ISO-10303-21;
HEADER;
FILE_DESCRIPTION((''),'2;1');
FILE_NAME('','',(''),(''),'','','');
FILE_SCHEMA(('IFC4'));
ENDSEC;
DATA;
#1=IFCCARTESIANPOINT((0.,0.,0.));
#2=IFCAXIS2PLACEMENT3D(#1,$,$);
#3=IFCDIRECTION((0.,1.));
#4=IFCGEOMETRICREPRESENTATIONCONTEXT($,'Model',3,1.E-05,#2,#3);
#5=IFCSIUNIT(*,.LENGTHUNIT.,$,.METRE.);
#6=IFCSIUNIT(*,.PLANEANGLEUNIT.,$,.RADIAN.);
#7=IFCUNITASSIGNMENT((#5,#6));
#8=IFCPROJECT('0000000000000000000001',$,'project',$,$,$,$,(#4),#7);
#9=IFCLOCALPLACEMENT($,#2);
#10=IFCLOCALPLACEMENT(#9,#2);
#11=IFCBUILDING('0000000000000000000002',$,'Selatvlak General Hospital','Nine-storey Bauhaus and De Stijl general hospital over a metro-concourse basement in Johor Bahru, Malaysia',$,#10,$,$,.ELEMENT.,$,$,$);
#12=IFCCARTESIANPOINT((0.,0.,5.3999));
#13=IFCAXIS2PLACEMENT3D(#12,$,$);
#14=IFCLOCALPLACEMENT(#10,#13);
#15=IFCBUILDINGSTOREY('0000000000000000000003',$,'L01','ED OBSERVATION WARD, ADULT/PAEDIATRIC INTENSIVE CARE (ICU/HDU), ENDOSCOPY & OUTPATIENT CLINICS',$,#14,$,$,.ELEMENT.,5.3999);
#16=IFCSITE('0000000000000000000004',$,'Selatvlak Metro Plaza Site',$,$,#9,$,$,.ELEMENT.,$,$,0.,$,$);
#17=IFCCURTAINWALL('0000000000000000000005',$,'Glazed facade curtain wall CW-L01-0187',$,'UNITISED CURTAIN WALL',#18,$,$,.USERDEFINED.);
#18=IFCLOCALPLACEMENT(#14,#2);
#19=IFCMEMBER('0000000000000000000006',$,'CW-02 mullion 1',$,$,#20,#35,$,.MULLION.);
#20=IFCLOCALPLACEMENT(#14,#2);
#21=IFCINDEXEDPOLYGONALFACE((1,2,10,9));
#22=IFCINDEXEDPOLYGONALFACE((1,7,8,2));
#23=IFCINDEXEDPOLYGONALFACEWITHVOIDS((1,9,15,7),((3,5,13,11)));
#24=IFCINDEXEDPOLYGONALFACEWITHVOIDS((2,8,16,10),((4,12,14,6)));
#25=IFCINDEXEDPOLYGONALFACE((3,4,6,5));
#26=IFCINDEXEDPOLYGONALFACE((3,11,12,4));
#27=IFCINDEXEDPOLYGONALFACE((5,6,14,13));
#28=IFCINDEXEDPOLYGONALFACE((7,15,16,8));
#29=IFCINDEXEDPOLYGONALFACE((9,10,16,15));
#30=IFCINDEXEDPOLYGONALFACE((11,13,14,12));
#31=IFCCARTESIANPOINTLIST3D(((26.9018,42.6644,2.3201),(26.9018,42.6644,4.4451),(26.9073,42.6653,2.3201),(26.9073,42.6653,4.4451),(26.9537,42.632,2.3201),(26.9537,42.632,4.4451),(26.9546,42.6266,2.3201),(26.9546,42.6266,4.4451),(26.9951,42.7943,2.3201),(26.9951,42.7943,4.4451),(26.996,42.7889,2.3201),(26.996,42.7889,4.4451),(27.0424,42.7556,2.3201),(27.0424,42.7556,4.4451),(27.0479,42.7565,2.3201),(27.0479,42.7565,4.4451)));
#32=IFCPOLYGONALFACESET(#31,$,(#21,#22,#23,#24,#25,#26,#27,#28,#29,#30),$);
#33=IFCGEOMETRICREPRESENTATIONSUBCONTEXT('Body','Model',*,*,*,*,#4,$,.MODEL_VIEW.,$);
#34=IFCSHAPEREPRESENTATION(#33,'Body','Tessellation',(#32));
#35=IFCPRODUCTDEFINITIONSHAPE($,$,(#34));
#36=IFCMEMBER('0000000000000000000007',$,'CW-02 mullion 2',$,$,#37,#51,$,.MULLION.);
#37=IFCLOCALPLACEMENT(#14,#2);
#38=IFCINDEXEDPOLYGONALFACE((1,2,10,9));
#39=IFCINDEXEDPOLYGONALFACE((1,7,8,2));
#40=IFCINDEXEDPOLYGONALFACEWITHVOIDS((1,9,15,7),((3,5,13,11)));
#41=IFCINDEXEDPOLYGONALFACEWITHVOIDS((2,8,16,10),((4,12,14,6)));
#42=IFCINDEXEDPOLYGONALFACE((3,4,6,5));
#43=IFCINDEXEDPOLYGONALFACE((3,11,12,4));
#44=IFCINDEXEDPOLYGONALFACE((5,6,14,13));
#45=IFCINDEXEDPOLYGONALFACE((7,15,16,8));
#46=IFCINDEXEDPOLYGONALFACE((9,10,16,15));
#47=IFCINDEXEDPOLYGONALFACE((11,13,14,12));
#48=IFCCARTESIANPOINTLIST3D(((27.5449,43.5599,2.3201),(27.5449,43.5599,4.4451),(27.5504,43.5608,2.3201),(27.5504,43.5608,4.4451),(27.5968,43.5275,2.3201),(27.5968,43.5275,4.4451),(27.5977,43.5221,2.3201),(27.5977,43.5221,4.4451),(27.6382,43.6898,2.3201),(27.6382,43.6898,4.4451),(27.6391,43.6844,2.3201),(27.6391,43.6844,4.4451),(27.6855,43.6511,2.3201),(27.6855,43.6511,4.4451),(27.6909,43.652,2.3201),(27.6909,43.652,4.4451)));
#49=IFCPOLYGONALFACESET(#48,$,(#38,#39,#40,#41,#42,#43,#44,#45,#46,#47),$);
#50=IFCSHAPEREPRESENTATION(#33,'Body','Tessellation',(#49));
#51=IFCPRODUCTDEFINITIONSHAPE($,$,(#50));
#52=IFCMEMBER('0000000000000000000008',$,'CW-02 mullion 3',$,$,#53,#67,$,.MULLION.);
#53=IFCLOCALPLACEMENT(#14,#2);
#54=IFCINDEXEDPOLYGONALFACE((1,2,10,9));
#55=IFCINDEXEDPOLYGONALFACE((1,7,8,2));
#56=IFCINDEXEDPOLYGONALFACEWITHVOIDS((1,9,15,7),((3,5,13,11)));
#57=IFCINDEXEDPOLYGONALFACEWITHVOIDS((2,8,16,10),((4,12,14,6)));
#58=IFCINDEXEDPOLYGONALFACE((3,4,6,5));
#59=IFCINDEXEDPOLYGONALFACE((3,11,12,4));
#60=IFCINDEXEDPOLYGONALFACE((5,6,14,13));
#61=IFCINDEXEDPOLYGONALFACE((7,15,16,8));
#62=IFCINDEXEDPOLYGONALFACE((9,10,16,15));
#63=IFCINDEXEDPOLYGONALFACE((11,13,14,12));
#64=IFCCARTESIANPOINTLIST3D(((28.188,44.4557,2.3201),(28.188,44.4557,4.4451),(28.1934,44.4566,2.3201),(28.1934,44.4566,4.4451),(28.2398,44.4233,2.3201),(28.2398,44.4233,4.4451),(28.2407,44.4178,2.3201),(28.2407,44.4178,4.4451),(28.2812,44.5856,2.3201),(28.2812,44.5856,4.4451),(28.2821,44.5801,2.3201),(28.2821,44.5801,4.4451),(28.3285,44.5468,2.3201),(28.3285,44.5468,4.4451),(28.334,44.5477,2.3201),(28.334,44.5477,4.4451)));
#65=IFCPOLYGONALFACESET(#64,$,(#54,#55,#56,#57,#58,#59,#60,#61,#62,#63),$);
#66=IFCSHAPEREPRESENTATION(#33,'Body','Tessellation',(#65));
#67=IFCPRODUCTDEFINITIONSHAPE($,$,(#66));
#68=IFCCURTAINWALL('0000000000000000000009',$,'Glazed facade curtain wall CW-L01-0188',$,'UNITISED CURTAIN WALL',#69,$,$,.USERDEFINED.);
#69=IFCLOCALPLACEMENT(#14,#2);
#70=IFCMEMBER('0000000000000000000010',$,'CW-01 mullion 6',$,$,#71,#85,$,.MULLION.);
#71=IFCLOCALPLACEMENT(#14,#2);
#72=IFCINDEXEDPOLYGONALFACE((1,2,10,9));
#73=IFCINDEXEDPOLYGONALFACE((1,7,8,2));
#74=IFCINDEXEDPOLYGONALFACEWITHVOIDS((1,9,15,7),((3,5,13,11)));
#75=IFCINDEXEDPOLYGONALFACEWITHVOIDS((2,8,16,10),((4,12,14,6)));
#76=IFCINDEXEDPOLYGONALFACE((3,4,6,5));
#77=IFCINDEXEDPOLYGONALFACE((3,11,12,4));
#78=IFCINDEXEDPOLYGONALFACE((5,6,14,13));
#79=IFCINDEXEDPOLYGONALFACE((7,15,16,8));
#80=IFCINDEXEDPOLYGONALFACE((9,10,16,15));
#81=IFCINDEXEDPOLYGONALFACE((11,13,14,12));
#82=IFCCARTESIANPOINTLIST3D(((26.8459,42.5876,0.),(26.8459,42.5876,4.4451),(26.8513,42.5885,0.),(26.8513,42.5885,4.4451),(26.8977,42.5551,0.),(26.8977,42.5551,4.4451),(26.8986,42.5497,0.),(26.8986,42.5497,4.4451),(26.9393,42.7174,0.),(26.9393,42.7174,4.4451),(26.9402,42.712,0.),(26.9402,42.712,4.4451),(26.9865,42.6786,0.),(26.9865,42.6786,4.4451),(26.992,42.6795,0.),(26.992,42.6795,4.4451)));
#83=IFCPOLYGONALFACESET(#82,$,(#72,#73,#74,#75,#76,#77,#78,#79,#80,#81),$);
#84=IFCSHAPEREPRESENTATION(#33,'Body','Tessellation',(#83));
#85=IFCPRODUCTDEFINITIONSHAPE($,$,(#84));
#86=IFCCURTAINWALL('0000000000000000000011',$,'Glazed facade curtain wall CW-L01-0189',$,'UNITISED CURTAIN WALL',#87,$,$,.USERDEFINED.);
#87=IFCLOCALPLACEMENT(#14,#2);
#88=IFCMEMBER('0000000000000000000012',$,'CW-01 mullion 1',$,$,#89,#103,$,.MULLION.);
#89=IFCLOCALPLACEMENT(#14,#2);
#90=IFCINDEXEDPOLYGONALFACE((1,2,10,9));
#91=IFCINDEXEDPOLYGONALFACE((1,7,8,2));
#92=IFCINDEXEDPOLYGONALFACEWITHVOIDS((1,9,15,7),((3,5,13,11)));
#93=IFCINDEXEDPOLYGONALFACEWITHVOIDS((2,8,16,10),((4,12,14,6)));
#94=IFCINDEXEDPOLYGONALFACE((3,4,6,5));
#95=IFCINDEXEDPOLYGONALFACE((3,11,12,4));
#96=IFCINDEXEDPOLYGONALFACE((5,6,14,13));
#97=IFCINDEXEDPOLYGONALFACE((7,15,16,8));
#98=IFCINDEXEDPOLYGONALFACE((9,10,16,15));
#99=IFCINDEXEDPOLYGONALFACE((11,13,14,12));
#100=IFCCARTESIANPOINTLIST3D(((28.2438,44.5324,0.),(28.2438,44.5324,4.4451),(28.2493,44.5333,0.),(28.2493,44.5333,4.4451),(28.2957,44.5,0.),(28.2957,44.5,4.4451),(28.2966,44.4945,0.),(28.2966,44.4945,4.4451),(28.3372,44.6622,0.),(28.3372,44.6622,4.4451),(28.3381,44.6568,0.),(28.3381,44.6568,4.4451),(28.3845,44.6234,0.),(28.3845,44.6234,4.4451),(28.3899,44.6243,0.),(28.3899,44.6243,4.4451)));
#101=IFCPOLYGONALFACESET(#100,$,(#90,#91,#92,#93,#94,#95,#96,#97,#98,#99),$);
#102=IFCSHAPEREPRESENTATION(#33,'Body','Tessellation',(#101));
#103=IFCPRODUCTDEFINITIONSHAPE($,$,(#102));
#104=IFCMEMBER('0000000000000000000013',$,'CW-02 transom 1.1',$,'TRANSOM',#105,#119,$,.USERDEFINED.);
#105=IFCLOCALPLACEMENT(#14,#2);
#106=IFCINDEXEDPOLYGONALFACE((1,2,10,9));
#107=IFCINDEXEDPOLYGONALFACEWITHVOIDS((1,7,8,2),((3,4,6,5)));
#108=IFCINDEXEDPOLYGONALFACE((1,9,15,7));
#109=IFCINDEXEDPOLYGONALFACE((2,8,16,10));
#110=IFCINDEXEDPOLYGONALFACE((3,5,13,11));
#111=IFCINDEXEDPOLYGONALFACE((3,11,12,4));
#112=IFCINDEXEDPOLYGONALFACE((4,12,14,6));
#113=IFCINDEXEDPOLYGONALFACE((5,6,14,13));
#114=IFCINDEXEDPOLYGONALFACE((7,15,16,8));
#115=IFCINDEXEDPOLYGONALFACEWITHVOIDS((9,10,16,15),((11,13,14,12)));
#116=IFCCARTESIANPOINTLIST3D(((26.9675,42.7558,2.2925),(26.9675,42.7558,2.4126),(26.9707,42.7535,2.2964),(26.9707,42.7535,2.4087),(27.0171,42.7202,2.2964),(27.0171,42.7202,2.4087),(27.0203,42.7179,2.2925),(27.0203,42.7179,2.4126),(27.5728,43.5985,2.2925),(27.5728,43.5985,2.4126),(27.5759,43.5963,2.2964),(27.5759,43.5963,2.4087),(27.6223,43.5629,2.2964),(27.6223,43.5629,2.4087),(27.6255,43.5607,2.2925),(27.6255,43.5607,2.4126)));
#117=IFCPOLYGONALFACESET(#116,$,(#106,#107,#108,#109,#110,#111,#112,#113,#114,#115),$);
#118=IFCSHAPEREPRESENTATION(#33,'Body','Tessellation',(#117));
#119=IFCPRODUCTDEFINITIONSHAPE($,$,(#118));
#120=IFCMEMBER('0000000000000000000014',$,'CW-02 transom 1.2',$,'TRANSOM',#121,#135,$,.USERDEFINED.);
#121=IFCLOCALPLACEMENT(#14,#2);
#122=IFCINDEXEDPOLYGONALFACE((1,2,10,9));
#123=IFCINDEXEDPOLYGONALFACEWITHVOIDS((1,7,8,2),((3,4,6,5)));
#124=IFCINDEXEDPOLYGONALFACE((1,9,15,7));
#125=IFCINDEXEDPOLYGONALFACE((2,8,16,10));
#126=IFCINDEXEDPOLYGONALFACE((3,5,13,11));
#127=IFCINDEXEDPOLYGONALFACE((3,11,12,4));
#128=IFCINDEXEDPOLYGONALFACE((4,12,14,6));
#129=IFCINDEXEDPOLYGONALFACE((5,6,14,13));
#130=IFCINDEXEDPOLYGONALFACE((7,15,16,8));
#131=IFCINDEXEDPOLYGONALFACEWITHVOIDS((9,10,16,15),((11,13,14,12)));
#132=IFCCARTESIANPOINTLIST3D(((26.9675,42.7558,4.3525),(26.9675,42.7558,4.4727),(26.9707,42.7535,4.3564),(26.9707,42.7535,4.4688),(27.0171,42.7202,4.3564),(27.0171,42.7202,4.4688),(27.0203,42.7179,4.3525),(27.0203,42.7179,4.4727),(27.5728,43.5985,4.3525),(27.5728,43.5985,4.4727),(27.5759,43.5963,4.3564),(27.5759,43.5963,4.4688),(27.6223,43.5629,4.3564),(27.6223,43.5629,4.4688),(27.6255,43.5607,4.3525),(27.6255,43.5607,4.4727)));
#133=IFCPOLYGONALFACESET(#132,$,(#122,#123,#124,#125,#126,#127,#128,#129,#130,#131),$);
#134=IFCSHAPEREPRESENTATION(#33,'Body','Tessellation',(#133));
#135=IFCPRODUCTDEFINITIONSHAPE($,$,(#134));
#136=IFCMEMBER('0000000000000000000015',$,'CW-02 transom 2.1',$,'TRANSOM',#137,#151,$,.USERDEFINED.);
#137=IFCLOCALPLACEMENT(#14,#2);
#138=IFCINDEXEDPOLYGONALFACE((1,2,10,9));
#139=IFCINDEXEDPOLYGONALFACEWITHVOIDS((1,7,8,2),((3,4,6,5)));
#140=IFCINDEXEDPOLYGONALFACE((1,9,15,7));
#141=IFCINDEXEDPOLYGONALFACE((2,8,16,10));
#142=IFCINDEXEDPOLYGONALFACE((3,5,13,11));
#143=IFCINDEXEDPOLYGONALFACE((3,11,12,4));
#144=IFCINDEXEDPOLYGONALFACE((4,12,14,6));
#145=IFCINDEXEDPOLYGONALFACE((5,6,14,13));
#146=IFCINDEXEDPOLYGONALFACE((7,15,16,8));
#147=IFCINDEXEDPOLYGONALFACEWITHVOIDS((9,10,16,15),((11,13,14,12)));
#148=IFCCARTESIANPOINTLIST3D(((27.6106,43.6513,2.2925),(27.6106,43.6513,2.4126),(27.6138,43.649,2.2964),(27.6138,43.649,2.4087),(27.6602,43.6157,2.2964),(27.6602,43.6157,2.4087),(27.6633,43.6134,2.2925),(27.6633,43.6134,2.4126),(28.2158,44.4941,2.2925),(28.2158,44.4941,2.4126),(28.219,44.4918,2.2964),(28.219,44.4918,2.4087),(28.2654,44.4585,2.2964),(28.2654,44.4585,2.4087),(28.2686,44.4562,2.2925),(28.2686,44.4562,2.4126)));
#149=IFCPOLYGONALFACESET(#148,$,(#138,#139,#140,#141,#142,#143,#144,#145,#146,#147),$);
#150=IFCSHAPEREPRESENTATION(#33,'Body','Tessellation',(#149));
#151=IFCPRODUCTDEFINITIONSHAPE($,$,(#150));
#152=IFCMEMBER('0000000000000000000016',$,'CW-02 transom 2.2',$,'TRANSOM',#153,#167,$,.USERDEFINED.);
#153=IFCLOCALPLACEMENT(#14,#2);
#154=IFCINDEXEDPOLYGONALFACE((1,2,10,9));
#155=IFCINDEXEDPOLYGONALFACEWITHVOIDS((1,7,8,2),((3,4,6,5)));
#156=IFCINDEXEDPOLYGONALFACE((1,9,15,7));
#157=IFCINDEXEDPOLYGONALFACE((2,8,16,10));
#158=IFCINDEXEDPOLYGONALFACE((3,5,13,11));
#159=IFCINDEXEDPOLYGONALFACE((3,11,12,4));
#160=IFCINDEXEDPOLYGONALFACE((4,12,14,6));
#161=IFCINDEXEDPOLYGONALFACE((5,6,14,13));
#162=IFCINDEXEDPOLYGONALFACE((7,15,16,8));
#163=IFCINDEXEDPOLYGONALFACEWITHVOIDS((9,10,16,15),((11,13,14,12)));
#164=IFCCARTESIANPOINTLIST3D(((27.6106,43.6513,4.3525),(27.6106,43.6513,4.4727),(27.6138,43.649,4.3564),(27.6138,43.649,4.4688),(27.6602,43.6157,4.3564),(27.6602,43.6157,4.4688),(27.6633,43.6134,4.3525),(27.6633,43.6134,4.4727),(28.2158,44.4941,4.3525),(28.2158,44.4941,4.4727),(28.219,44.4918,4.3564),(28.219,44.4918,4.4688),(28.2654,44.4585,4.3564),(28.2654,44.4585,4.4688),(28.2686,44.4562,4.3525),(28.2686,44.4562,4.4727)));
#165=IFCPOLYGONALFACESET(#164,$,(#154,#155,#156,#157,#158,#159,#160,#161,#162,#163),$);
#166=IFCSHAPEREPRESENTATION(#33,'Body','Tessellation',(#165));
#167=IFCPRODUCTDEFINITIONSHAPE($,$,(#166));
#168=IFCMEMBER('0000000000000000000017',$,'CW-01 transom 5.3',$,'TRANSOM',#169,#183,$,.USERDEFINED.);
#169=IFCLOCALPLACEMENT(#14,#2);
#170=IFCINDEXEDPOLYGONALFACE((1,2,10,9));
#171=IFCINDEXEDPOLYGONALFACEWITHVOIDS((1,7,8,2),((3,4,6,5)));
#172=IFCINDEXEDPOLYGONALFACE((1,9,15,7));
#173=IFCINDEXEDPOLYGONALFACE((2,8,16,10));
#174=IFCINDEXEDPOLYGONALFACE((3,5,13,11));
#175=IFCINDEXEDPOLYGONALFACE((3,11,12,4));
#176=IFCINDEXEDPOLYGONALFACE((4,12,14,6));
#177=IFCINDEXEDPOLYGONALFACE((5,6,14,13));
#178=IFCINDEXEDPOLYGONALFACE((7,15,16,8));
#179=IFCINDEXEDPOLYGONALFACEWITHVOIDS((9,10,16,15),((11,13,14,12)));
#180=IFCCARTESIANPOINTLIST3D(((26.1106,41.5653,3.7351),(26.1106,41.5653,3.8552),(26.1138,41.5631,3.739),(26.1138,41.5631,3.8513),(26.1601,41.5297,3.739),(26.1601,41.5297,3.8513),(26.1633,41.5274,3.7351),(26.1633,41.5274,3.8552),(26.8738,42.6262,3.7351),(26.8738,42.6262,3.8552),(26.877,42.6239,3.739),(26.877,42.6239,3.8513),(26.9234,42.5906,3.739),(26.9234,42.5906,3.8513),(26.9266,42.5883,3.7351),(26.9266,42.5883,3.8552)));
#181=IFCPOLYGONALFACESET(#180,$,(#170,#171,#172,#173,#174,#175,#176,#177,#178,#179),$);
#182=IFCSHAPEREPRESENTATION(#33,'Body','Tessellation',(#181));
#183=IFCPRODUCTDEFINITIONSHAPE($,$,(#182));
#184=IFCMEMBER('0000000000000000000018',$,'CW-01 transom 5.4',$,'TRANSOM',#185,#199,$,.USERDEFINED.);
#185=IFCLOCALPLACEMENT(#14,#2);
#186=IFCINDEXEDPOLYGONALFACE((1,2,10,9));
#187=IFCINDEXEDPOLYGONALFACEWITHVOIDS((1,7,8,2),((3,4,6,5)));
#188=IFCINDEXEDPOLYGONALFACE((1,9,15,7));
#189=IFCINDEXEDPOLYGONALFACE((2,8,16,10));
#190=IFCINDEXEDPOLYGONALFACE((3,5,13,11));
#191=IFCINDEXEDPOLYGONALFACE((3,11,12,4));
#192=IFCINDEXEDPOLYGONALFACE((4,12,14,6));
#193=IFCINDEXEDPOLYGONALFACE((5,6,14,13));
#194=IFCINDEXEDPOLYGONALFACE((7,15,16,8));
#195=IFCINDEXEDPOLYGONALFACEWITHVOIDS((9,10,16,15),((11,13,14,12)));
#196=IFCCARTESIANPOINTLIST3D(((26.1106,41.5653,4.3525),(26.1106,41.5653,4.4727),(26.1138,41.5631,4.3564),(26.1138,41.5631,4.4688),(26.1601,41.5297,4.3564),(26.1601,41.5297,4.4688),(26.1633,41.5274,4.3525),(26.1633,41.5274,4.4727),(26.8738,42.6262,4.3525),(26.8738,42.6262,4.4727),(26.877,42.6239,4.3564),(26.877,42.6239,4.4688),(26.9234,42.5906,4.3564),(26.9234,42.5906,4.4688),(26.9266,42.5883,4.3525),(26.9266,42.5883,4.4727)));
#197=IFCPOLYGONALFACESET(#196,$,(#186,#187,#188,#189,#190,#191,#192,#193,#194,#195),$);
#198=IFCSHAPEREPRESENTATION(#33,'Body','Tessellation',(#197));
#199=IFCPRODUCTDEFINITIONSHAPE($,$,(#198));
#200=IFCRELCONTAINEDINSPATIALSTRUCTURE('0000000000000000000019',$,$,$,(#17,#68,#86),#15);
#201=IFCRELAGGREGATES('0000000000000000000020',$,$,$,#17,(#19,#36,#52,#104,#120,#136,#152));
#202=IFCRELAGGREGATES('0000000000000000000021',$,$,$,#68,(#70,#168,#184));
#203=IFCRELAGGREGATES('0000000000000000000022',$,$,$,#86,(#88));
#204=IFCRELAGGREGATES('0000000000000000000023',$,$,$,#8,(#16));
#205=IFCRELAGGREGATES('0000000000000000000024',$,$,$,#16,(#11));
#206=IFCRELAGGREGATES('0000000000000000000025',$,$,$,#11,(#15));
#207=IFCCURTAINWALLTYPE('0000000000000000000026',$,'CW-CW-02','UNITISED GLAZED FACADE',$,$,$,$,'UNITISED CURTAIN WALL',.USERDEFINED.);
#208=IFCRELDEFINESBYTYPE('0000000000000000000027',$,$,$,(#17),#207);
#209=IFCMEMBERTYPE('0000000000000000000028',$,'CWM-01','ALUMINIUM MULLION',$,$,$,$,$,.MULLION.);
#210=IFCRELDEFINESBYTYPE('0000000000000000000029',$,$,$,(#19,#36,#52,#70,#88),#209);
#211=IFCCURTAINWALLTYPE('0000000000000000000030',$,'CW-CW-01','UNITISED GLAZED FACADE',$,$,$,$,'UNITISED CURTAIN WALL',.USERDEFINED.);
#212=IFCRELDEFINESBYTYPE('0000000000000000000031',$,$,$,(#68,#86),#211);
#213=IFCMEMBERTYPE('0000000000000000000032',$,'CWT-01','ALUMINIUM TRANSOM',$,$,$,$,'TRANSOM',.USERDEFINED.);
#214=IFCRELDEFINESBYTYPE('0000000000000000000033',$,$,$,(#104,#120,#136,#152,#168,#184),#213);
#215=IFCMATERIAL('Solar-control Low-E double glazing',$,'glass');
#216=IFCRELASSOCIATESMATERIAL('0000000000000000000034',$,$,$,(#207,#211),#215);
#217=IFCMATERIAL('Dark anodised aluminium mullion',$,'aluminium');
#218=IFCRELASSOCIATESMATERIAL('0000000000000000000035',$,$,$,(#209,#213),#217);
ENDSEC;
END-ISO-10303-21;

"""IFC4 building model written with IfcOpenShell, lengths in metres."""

from ifc_helpers import new_model, si_unit, direction, frame, origin, origin_2d, place, context, subcontext, project, spatial, hollow_rectangle, extrude, material, material_profile, profile_set, type_object, element, aggregate, save


model = new_model("IFC4")

# Units and contexts
model_context = context("Model", 3, precision=1e-05, world=origin(), true_north=direction((0.0, 1.0)))
body_context = subcontext(model_context, "Body", "Model", "MODEL_VIEW")
ifc_project = project(units=[si_unit("LENGTHUNIT", "METRE"), si_unit("PLANEANGLEUNIT", "RADIAN")], contexts=[model_context])

# Site, building, storey
site_placement = place(None, origin())
site = spatial("IfcSite", under=ifc_project, at=site_placement, Name="Selatvlak Metro Plaza Site", CompositionType="ELEMENT", RefElevation=0.0)
building_placement = place(site_placement, origin())
building = spatial("IfcBuilding", under=site, at=building_placement, Name="Selatvlak General Hospital", Description="Nine-storey Bauhaus and De Stijl general hospital over a metro-concourse basement in Johor Bahru, Malaysia", CompositionType="ELEMENT")
storey_placement = place(building_placement, frame((0.0, 0.0, 5.3999)))
storey = spatial("IfcBuildingStorey", under=building, at=storey_placement, Name="L01", Description="ED OBSERVATION WARD, ADULT/PAEDIATRIC INTENSIVE CARE (ICU/HDU), ENDOSCOPY & OUTPATIENT CLINICS", CompositionType="ELEMENT", Elevation=5.3999)

# Curtain wall, members
ifc_material_1 = material(Name="Solar-control Low-E double glazing", Category="glass")
curtain_wall_type_1 = type_object("IfcCurtainWallType", Name="CW-CW-02", Description="UNITISED GLAZED FACADE", ElementType="UNITISED CURTAIN WALL", PredefinedType="USERDEFINED", material=ifc_material_1)
curtain_wall_1_placement = place(storey_placement, origin())
curtain_wall_1 = element("IfcCurtainWall", 1, at=curtain_wall_1_placement, inside=storey, type_object=curtain_wall_type_1, Name="Glazed facade curtain wall CW-L01-0187", ObjectType="UNITISED CURTAIN WALL", PredefinedType="USERDEFINED")
ifc_material_2 = material(Name="Dark anodised aluminium mullion", Category="aluminium")
ifc_material_profile_1 = material_profile(ifc_material_2, hollow_rectangle(XDim=0.0649, YDim=0.1599, WallThickness=0.0039, at=origin_2d()), Name="AL-MUL 65x160x4")
ifc_profile_set_1 = profile_set([ifc_material_profile_1], Name="Dark anodised aluminium mullion")
member_type_1 = type_object("IfcMemberType", Name="CWM-01", Description="ALUMINIUM MULLION", PredefinedType="MULLION", material=ifc_profile_set_1)
member_1_placement = place(storey_placement, frame((26.9749, 42.7104, 2.3201), z_axis=(0.0, 0.0, 1.0), x_axis=(-0.812302, 0.583237, 0.0)))
member_1 = element("IfcMember", 2, at=member_1_placement, type_object=member_type_1, Name="CW-02 mullion 1", PredefinedType="MULLION", context=body_context, shape_type="SweptSolid", body=[
    extrude(hollow_rectangle(XDim=0.0649, YDim=0.1599, WallThickness=0.0039, at=origin_2d()), origin(), (0.0, 0.0, 1.0), 2.125),
])
member_2_placement = place(storey_placement, frame((27.6179, 43.606, 2.3201), z_axis=(0.0, 0.0, 1.0), x_axis=(-0.812302, 0.583237, 0.0)))
member_2 = element("IfcMember", 3, at=member_2_placement, type_object=member_type_1, Name="CW-02 mullion 2", PredefinedType="MULLION", context=body_context, shape_type="SweptSolid", body=[
    extrude(hollow_rectangle(XDim=0.0649, YDim=0.1599, WallThickness=0.0039, at=origin_2d()), origin(), (0.0, 0.0, 1.0), 2.125),
])
member_3_placement = place(storey_placement, frame((28.261, 44.5017, 2.3201), z_axis=(0.0, 0.0, 1.0), x_axis=(-0.812302, 0.583237, 0.0)))
member_3 = element("IfcMember", 4, at=member_3_placement, type_object=member_type_1, Name="CW-02 mullion 3", PredefinedType="MULLION", context=body_context, shape_type="SweptSolid", body=[
    extrude(hollow_rectangle(XDim=0.0649, YDim=0.1599, WallThickness=0.0039, at=origin_2d()), origin(), (0.0, 0.0, 1.0), 2.125),
])

# Curtain walls, members
curtain_wall_type_2 = type_object("IfcCurtainWallType", Name="CW-CW-01", Description="UNITISED GLAZED FACADE", ElementType="UNITISED CURTAIN WALL", PredefinedType="USERDEFINED", material=ifc_material_1)
curtain_wall_2_placement = place(storey_placement, origin())
curtain_wall_2 = element("IfcCurtainWall", 5, at=curtain_wall_2_placement, inside=storey, type_object=curtain_wall_type_2, Name="Glazed facade curtain wall CW-L01-0188", ObjectType="UNITISED CURTAIN WALL", PredefinedType="USERDEFINED")
member_4_placement = place(storey_placement, frame((26.9189, 42.6335, 0.0), z_axis=(0.0, 0.0, 1.0), x_axis=(-0.811804, 0.583929, 0.0)))
member_4 = element("IfcMember", 6, at=member_4_placement, type_object=member_type_1, Name="CW-01 mullion 6", PredefinedType="MULLION", context=body_context, shape_type="SweptSolid", body=[
    extrude(hollow_rectangle(XDim=0.0649, YDim=0.1599, WallThickness=0.0039, at=origin_2d()), origin(), (0.0, 0.0, 1.0), 4.4451),
])
curtain_wall_3_placement = place(storey_placement, origin())
curtain_wall_3 = element("IfcCurtainWall", 7, at=curtain_wall_3_placement, inside=storey, type_object=curtain_wall_type_2, Name="Glazed facade curtain wall CW-L01-0189", ObjectType="UNITISED CURTAIN WALL", PredefinedType="USERDEFINED")
member_5_placement = place(storey_placement, frame((28.3169, 44.5784, 0.0), z_axis=(0.0, 0.0, 1.0), x_axis=(-0.811837, 0.583884, 0.0)))
member_5 = element("IfcMember", 8, at=member_5_placement, type_object=member_type_1, Name="CW-01 mullion 1", PredefinedType="MULLION", context=body_context, shape_type="SweptSolid", body=[
    extrude(hollow_rectangle(XDim=0.0649, YDim=0.1599, WallThickness=0.0039, at=origin_2d()), origin(), (0.0, 0.0, 1.0), 4.4451),
])

# Members
ifc_material_profile_2 = material_profile(ifc_material_2, hollow_rectangle(XDim=0.0649, YDim=0.1201, WallThickness=0.0039, at=origin_2d()), Name="AL-TRN 65x120x4")
ifc_profile_set_2 = profile_set([ifc_material_profile_2], Name="Dark anodised aluminium mullion")
member_type_2 = type_object("IfcMemberType", Name="CWT-01", Description="ALUMINIUM TRANSOM", ElementType="TRANSOM", PredefinedType="USERDEFINED", material=ifc_profile_set_2)
member_6_placement = place(storey_placement, frame((26.9939, 42.7368, 2.3525), z_axis=(0.583306, 0.812252, 0.0), x_axis=(-0.812252, 0.583306, 0.0)))
member_6 = element("IfcMember", 9, at=member_6_placement, type_object=member_type_2, Name="CW-02 transom 1.1", ObjectType="TRANSOM", PredefinedType="USERDEFINED", context=body_context, shape_type="SweptSolid", body=[
    extrude(hollow_rectangle(XDim=0.0649, YDim=0.1201, WallThickness=0.0039, at=origin_2d()), origin(), (0.0, 0.0, 1.0), 1.0376),
])
member_7_placement = place(storey_placement, frame((26.9939, 42.7368, 4.4126), z_axis=(0.583306, 0.812252, 0.0), x_axis=(-0.812252, 0.583306, 0.0)))
member_7 = element("IfcMember", 10, at=member_7_placement, type_object=member_type_2, Name="CW-02 transom 1.2", ObjectType="TRANSOM", PredefinedType="USERDEFINED", context=body_context, shape_type="SweptSolid", body=[
    extrude(hollow_rectangle(XDim=0.0649, YDim=0.1201, WallThickness=0.0039, at=origin_2d()), origin(), (0.0, 0.0, 1.0), 1.0376),
])
member_8_placement = place(storey_placement, frame((27.637, 43.6323, 2.3525), z_axis=(0.583306, 0.812252, 0.0), x_axis=(-0.812252, 0.583306, 0.0)))
member_8 = element("IfcMember", 11, at=member_8_placement, type_object=member_type_2, Name="CW-02 transom 2.1", ObjectType="TRANSOM", PredefinedType="USERDEFINED", context=body_context, shape_type="SweptSolid", body=[
    extrude(hollow_rectangle(XDim=0.0649, YDim=0.1201, WallThickness=0.0039, at=origin_2d()), origin(), (0.0, 0.0, 1.0), 1.0376),
])
member_9_placement = place(storey_placement, frame((27.637, 43.6323, 4.4126), z_axis=(0.583306, 0.812252, 0.0), x_axis=(-0.812252, 0.583306, 0.0)))
member_9 = element("IfcMember", 12, at=member_9_placement, type_object=member_type_2, Name="CW-02 transom 2.2", ObjectType="TRANSOM", PredefinedType="USERDEFINED", context=body_context, shape_type="SweptSolid", body=[
    extrude(hollow_rectangle(XDim=0.0649, YDim=0.1201, WallThickness=0.0039, at=origin_2d()), origin(), (0.0, 0.0, 1.0), 1.0376),
])
member_10_placement = place(storey_placement, frame((26.137, 41.5464, 3.7952), z_axis=(0.584009, 0.811747, 0.0), x_axis=(-0.811747, 0.584009, 0.0)))
member_10 = element("IfcMember", 13, at=member_10_placement, type_object=member_type_2, Name="CW-01 transom 5.3", ObjectType="TRANSOM", PredefinedType="USERDEFINED", context=body_context, shape_type="SweptSolid", body=[
    extrude(hollow_rectangle(XDim=0.0649, YDim=0.1201, WallThickness=0.0039, at=origin_2d()), origin(), (0.0, 0.0, 1.0), 1.3069),
])
member_11_placement = place(storey_placement, frame((26.137, 41.5464, 4.4126), z_axis=(0.584009, 0.811747, 0.0), x_axis=(-0.811747, 0.584009, 0.0)))
member_11 = element("IfcMember", 14, at=member_11_placement, type_object=member_type_2, Name="CW-01 transom 5.4", ObjectType="TRANSOM", PredefinedType="USERDEFINED", context=body_context, shape_type="SweptSolid", body=[
    extrude(hollow_rectangle(XDim=0.0649, YDim=0.1201, WallThickness=0.0039, at=origin_2d()), origin(), (0.0, 0.0, 1.0), 1.3069),
])

aggregate(curtain_wall_1, [member_1, member_2, member_3, member_6, member_7, member_8, member_9])
aggregate(curtain_wall_2, [member_4, member_10, member_11])
aggregate(curtain_wall_3, [member_5])

save(model, "model.ifc")
